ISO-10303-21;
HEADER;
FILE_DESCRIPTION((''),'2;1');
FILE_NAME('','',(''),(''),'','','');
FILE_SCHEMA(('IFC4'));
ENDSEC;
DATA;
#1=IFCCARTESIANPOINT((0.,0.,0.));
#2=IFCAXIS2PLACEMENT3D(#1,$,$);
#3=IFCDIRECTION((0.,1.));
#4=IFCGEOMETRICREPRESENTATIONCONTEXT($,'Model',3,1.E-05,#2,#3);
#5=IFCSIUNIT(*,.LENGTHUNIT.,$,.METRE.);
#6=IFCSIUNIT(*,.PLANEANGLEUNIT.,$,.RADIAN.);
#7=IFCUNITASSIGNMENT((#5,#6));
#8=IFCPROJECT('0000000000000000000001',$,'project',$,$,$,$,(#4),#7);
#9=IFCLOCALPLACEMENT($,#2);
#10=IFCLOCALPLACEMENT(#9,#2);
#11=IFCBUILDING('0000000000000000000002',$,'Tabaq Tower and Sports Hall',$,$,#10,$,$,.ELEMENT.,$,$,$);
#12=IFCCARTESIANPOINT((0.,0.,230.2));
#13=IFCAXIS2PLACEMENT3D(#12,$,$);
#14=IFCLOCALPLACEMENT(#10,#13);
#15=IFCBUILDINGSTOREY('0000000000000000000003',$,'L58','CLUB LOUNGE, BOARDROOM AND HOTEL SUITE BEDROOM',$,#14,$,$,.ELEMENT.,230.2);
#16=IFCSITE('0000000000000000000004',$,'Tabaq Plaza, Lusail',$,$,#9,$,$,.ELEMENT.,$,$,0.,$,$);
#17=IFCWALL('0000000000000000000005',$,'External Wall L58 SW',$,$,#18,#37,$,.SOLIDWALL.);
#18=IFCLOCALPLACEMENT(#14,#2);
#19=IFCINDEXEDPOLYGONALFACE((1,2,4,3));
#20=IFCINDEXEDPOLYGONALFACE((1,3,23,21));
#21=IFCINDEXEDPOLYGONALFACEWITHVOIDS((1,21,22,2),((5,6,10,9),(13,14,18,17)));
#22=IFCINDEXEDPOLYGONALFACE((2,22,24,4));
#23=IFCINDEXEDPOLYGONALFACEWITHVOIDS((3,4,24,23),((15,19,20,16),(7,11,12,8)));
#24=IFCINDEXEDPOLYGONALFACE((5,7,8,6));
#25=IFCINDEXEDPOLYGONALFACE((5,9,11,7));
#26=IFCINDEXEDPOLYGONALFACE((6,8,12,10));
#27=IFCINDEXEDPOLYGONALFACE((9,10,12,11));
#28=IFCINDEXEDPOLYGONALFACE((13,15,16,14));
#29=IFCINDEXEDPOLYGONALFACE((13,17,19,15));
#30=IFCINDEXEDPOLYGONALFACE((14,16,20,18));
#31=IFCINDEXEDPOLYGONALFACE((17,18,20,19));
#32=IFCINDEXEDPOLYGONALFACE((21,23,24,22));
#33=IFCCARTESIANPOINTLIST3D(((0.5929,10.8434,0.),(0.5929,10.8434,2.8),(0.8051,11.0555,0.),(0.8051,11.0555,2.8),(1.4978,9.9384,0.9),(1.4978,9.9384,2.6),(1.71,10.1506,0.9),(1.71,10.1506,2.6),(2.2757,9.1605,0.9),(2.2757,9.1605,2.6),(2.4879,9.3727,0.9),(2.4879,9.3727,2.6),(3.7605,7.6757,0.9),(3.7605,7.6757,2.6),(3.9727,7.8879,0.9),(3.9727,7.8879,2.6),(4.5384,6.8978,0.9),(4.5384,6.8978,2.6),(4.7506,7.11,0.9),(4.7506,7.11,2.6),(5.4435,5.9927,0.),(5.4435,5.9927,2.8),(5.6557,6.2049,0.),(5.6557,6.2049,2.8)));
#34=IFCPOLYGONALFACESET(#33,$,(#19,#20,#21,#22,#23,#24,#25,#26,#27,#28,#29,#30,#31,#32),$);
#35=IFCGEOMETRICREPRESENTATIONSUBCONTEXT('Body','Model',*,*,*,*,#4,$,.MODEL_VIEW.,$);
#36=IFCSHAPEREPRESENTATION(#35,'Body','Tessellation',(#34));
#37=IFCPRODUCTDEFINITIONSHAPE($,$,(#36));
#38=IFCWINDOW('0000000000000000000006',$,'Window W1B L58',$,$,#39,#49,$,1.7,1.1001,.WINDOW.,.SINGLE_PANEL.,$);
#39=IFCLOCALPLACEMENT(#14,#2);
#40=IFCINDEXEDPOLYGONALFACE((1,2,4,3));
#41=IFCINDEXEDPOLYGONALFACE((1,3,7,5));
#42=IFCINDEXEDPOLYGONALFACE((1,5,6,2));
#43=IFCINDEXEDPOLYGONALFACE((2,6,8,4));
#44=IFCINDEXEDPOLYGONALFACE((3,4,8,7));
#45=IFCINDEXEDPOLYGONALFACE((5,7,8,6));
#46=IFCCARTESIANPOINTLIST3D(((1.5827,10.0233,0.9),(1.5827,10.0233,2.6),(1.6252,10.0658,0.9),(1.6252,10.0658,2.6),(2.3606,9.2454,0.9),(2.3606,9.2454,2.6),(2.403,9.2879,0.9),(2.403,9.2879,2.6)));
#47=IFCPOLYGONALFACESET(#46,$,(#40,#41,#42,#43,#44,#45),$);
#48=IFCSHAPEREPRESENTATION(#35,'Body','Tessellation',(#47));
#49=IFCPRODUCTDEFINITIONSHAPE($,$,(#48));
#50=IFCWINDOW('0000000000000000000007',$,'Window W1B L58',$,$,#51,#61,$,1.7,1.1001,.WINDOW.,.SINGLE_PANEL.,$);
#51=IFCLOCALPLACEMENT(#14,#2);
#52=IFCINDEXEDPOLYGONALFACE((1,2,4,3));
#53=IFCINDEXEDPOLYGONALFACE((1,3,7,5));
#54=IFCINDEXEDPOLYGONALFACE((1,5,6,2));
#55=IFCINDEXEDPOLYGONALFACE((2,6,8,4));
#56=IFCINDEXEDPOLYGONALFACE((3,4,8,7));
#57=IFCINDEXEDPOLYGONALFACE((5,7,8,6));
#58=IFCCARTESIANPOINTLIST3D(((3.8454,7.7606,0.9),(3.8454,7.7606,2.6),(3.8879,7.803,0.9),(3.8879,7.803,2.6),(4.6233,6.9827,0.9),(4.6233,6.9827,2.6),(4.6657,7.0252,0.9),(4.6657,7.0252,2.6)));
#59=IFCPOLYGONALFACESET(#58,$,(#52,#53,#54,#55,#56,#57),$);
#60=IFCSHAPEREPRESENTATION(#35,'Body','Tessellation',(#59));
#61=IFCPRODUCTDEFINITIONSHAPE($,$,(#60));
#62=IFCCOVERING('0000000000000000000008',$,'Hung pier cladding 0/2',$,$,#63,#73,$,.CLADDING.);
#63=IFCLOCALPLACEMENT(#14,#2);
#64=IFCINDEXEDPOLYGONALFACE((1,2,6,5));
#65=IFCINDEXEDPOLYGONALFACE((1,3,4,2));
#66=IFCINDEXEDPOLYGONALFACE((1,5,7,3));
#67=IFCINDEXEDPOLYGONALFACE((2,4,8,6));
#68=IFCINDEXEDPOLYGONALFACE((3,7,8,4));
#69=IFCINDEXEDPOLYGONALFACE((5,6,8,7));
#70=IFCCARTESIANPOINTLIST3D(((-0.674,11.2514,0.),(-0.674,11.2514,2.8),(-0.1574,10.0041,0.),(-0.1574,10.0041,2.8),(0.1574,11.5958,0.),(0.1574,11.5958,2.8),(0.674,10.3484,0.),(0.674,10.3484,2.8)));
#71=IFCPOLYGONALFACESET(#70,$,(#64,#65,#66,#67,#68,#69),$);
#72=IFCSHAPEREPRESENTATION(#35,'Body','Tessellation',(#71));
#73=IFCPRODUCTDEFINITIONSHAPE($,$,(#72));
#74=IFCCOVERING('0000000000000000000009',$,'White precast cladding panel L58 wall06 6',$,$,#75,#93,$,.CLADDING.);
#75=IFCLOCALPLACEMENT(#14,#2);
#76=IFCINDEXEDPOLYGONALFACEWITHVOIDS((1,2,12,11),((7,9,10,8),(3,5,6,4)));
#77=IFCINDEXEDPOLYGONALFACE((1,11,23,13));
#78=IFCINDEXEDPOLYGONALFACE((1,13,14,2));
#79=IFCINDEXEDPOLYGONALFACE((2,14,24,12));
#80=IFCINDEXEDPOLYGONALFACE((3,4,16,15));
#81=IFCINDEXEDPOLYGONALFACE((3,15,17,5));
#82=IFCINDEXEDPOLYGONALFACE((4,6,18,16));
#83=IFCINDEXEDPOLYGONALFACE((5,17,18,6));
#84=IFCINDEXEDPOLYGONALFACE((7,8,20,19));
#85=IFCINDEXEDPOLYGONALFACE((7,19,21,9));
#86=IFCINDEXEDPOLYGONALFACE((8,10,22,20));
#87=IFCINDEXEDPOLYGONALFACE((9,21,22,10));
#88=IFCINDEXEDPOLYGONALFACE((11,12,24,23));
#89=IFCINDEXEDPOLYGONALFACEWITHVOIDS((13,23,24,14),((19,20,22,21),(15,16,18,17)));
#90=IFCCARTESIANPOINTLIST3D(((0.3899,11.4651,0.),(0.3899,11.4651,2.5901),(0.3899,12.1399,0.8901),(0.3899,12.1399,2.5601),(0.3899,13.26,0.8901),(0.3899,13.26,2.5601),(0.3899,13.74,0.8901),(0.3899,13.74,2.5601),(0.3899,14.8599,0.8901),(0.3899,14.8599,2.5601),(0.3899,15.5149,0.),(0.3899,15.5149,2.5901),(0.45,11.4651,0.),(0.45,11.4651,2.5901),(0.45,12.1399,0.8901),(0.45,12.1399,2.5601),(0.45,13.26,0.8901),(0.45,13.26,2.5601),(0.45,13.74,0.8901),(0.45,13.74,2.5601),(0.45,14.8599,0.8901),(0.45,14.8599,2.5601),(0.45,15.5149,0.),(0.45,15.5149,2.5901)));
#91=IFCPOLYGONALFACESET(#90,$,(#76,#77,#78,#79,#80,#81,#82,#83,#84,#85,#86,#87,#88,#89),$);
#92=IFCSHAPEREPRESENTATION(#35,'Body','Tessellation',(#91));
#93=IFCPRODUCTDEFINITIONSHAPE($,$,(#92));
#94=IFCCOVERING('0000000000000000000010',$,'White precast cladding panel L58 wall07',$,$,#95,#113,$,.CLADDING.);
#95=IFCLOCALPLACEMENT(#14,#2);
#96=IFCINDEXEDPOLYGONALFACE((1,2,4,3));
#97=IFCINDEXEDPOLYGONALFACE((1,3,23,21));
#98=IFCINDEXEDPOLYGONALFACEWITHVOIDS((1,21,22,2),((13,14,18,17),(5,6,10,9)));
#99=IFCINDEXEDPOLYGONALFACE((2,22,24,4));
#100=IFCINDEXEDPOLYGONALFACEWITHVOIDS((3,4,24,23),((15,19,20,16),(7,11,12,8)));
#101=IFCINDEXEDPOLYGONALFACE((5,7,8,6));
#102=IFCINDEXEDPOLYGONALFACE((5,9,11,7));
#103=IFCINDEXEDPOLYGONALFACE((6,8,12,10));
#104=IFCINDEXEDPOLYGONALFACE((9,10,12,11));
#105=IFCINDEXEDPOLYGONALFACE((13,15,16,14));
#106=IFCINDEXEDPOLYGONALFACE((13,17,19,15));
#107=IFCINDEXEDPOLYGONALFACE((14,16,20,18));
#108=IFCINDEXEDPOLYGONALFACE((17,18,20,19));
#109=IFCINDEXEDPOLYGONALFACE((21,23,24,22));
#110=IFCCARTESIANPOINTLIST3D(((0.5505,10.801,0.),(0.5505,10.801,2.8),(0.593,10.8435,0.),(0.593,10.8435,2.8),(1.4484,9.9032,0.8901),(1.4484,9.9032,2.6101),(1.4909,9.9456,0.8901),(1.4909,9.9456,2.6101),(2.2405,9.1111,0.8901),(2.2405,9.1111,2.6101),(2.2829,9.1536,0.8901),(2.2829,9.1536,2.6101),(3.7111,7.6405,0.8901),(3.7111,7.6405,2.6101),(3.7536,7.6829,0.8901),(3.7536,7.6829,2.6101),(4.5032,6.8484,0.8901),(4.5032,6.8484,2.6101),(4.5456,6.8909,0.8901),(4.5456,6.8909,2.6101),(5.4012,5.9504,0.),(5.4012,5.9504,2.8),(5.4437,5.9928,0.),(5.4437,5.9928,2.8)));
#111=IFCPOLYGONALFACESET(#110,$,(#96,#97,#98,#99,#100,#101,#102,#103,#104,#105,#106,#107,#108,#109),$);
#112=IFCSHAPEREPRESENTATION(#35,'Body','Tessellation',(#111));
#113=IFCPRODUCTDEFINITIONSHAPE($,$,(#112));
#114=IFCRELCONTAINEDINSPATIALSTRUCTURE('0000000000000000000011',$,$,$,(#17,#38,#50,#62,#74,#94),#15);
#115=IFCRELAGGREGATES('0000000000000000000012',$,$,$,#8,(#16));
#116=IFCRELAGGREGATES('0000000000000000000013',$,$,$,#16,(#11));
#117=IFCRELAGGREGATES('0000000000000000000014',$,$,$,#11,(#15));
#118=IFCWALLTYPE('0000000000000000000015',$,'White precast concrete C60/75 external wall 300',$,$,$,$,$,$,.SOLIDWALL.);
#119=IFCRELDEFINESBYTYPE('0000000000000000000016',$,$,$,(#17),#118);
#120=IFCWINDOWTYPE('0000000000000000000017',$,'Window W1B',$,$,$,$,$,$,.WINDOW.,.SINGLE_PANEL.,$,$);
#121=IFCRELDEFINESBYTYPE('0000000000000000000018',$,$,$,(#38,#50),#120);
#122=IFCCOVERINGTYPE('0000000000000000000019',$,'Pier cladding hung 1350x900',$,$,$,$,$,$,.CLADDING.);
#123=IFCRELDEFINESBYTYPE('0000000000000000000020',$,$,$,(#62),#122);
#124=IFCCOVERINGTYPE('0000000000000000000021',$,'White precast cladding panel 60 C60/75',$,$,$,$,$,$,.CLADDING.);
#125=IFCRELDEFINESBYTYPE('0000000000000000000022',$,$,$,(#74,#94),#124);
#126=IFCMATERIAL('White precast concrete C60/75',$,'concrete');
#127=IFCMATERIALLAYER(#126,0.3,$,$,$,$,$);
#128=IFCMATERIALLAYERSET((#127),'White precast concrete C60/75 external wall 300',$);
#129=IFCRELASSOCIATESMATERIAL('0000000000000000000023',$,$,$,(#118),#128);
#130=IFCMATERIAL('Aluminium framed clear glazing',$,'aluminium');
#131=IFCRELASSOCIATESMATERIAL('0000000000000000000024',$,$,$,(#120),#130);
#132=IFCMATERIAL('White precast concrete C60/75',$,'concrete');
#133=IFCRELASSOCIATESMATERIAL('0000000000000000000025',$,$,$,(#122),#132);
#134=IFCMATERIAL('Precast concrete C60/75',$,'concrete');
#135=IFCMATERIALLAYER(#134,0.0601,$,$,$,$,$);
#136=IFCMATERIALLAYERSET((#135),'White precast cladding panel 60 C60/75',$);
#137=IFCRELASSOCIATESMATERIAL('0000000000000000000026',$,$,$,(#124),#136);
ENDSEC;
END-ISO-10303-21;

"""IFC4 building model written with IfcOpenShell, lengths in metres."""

from ifc_helpers import new_model, si_unit, direction, frame, frame_2d, origin, place, context, subcontext, project, spatial, polyline, rectangle, outline, extrude, material, layer, layer_set, type_object, element, fill, save


model = new_model("IFC4")

# Units and contexts
model_context = context("Model", 3, precision=1e-05, world=origin(), true_north=direction((0.0, 1.0)))
body_context = subcontext(model_context, "Body", "Model", "MODEL_VIEW")
ifc_project = project(units=[si_unit("LENGTHUNIT", "METRE"), si_unit("PLANEANGLEUNIT", "RADIAN")], contexts=[model_context])

# Site, building, storey
site_placement = place(None, origin())
site = spatial("IfcSite", under=ifc_project, at=site_placement, Name="Tabaq Plaza, Lusail", CompositionType="ELEMENT", RefElevation=0.0)
building_placement = place(site_placement, origin())
building = spatial("IfcBuilding", under=site, at=building_placement, Name="Tabaq Tower and Sports Hall", CompositionType="ELEMENT")
storey_placement = place(building_placement, frame((0.0, 0.0, 230.2)))
storey = spatial("IfcBuildingStorey", under=building, at=storey_placement, Name="L58", Description="CLUB LOUNGE, BOARDROOM AND HOTEL SUITE BEDROOM", CompositionType="ELEMENT", Elevation=230.2)

# Wall, openings, windows
ifc_material_1 = material(Name="White precast concrete C60/75", Category="concrete")
ifc_layer_1 = layer(ifc_material_1, 0.3)
ifc_layer_set_1 = layer_set([ifc_layer_1], Name="White precast concrete C60/75 external wall 300")
wall_type_1 = type_object("IfcWallType", Name="White precast concrete C60/75 external wall 300", PredefinedType="SOLIDWALL", material=ifc_layer_set_1)
wall_1_placement = place(storey_placement, frame((0.699, 10.9495, 0.0), z_axis=(0.0, 0.0, 1.0), x_axis=(0.707107, -0.707107, 0.0)))
wall_1 = element("IfcWall", 1, at=wall_1_placement, inside=storey, type_object=wall_type_1, Name="External Wall L58 SW", PredefinedType="SOLIDWALL", context=body_context, shape_type="SweptSolid", body=[
    extrude(rectangle(XDim=6.8599, YDim=0.3, at=frame_2d((3.4299, 0.0))), origin(), (0.0, 0.0, 1.0), 2.8),
])
opening_1_placement = place(wall_1_placement, frame((1.2798, 0.0, 0.8999)))
opening_1 = element("IfcOpeningElement", 2, at=opening_1_placement, cuts=wall_1, PredefinedType="OPENING", context=body_context, shape_type="SweptSolid", body=[
    extrude(rectangle(XDim=1.1001, YDim=1.7, at=frame_2d((0.55, 0.8501))), frame((0.0, 0.1602, 0.0), z_axis=(0.0, -1.0, 0.0), x_axis=(1.0, 0.0, 0.0)), (0.0, 0.0, 1.0), 0.3201),
])
opening_2_placement = place(wall_1_placement, frame((4.4797, 0.0, 0.8999)))
opening_2 = element("IfcOpeningElement", 3, at=opening_2_placement, cuts=wall_1, PredefinedType="OPENING", context=body_context, shape_type="SweptSolid", body=[
    extrude(rectangle(XDim=1.1001, YDim=1.7, at=frame_2d((0.55, 0.8501))), frame((0.0, 0.1602, 0.0), z_axis=(0.0, -1.0, 0.0), x_axis=(1.0, 0.0, 0.0)), (0.0, 0.0, 1.0), 0.3201),
])
ifc_material_2 = material(Name="Aluminium framed clear glazing", Category="aluminium")
window_type = type_object("IfcWindowType", Name="Window W1B", PartitioningType="SINGLE_PANEL", PredefinedType="WINDOW", material=ifc_material_2)
window_1_placement = place(opening_1_placement, origin())
window_1 = element("IfcWindow", 4, at=window_1_placement, inside=storey, type_object=window_type, Name="Window W1B L58", OverallHeight=1.7, OverallWidth=1.1001, PartitioningType="SINGLE_PANEL", PredefinedType="WINDOW", context=body_context, shape_type="SweptSolid", body=[
    extrude(rectangle(XDim=1.1001, YDim=1.7, at=frame_2d((0.55, 0.8501))), frame((0.0, 0.03, 0.0), z_axis=(0.0, -1.0, 0.0), x_axis=(1.0, 0.0, 0.0)), (0.0, 0.0, 1.0), 0.0601),
])
fill(opening_1, window_1)
window_2_placement = place(opening_2_placement, origin())
window_2 = element("IfcWindow", 5, at=window_2_placement, inside=storey, type_object=window_type, Name="Window W1B L58", OverallHeight=1.7, OverallWidth=1.1001, PartitioningType="SINGLE_PANEL", PredefinedType="WINDOW", context=body_context, shape_type="SweptSolid", body=[
    extrude(rectangle(XDim=1.1001, YDim=1.7, at=frame_2d((0.55, 0.8501))), frame((0.0, 0.03, 0.0), z_axis=(0.0, -1.0, 0.0), x_axis=(1.0, 0.0, 0.0)), (0.0, 0.0, 1.0), 0.0601),
])
fill(opening_2, window_2)

# Coverings
ifc_material_3 = material(Name="White precast concrete C60/75", Category="concrete")
covering_type_1 = type_object("IfcCoveringType", Name="Pier cladding hung 1350x900", PredefinedType="CLADDING", material=ifc_material_3)
covering_1_placement = place(storey_placement, frame((-0.2583, 11.4236, 0.0), z_axis=(0.0, 0.0, 1.0), x_axis=(0.38265, -0.923893, 0.0)))
element("IfcCovering", 6, at=covering_1_placement, inside=storey, type_object=covering_type_1, Name="Hung pier cladding 0/2", PredefinedType="CLADDING", context=body_context, shape_type="SweptSolid", body=[
    extrude(rectangle(XDim=1.3501, YDim=0.8999, at=frame_2d((0.675, 0.0))), origin(), (0.0, 0.0, 1.0), 2.8),
])
ifc_material_4 = material(Name="Precast concrete C60/75", Category="concrete")
ifc_layer_2 = layer(ifc_material_4, 0.0601)
ifc_layer_set_2 = layer_set([ifc_layer_2], Name="White precast cladding panel 60 C60/75")
covering_type_2 = type_object("IfcCoveringType", Name="White precast cladding panel 60 C60/75", PredefinedType="CLADDING", material=ifc_layer_set_2)
covering_2_placement = place(storey_placement, frame((0.4199, 15.5149, 0.0), z_axis=(0.0, 0.0, 1.0), x_axis=(0.0, -1.0, 0.0)))
element("IfcCovering", 7, at=covering_2_placement, inside=storey, type_object=covering_type_2, Name="White precast cladding panel L58 wall06 6", PredefinedType="CLADDING", context=body_context, shape_type="SweptSolid", body=[
    extrude(outline(polyline([(0.0, 0.0), (4.0498, 0.0), (4.0498, 2.5901), (0.0, 2.5901), (0.0, 0.0)]), holes=[polyline([(0.655, 0.8901), (0.655, 2.5601), (1.7749, 2.5601), (1.7749, 0.8901), (0.655, 0.8901)]), polyline([(2.2549, 0.8901), (2.2549, 2.5601), (3.375, 2.5601), (3.375, 0.8901), (2.2549, 0.8901)])]), frame((0.0, 0.03, 0.0), z_axis=(0.0, -1.0, 0.0), x_axis=(1.0, 0.0, 0.0)), (0.0, 0.0, 1.0), 0.0601),
])
covering_3_placement = place(storey_placement, frame((0.5718, 10.8223, 0.0), z_axis=(0.0, 0.0, 1.0), x_axis=(0.707107, -0.707107, 0.0)))
element("IfcCovering", 8, at=covering_3_placement, inside=storey, type_object=covering_type_2, Name="White precast cladding panel L58 wall07", PredefinedType="CLADDING", context=body_context, shape_type="SweptSolid", body=[
    extrude(outline(polyline([(0.0, 0.0), (6.8599, 0.0), (6.8599, 2.8), (0.0, 2.8), (0.0, 0.0)]), holes=[polyline([(1.2698, 2.6101), (2.3899, 2.6101), (2.3899, 0.8901), (1.2698, 0.8901), (1.2698, 2.6101)]), polyline([(4.4697, 2.6101), (5.5898, 2.6101), (5.5898, 0.8901), (4.4697, 0.8901), (4.4697, 2.6101)])]), frame((0.0, 0.03, 0.0), z_axis=(0.0, -1.0, 0.0), x_axis=(1.0, 0.0, 0.0)), (0.0, 0.0, 1.0), 0.0601),
])

save(model, "model.ifc")
